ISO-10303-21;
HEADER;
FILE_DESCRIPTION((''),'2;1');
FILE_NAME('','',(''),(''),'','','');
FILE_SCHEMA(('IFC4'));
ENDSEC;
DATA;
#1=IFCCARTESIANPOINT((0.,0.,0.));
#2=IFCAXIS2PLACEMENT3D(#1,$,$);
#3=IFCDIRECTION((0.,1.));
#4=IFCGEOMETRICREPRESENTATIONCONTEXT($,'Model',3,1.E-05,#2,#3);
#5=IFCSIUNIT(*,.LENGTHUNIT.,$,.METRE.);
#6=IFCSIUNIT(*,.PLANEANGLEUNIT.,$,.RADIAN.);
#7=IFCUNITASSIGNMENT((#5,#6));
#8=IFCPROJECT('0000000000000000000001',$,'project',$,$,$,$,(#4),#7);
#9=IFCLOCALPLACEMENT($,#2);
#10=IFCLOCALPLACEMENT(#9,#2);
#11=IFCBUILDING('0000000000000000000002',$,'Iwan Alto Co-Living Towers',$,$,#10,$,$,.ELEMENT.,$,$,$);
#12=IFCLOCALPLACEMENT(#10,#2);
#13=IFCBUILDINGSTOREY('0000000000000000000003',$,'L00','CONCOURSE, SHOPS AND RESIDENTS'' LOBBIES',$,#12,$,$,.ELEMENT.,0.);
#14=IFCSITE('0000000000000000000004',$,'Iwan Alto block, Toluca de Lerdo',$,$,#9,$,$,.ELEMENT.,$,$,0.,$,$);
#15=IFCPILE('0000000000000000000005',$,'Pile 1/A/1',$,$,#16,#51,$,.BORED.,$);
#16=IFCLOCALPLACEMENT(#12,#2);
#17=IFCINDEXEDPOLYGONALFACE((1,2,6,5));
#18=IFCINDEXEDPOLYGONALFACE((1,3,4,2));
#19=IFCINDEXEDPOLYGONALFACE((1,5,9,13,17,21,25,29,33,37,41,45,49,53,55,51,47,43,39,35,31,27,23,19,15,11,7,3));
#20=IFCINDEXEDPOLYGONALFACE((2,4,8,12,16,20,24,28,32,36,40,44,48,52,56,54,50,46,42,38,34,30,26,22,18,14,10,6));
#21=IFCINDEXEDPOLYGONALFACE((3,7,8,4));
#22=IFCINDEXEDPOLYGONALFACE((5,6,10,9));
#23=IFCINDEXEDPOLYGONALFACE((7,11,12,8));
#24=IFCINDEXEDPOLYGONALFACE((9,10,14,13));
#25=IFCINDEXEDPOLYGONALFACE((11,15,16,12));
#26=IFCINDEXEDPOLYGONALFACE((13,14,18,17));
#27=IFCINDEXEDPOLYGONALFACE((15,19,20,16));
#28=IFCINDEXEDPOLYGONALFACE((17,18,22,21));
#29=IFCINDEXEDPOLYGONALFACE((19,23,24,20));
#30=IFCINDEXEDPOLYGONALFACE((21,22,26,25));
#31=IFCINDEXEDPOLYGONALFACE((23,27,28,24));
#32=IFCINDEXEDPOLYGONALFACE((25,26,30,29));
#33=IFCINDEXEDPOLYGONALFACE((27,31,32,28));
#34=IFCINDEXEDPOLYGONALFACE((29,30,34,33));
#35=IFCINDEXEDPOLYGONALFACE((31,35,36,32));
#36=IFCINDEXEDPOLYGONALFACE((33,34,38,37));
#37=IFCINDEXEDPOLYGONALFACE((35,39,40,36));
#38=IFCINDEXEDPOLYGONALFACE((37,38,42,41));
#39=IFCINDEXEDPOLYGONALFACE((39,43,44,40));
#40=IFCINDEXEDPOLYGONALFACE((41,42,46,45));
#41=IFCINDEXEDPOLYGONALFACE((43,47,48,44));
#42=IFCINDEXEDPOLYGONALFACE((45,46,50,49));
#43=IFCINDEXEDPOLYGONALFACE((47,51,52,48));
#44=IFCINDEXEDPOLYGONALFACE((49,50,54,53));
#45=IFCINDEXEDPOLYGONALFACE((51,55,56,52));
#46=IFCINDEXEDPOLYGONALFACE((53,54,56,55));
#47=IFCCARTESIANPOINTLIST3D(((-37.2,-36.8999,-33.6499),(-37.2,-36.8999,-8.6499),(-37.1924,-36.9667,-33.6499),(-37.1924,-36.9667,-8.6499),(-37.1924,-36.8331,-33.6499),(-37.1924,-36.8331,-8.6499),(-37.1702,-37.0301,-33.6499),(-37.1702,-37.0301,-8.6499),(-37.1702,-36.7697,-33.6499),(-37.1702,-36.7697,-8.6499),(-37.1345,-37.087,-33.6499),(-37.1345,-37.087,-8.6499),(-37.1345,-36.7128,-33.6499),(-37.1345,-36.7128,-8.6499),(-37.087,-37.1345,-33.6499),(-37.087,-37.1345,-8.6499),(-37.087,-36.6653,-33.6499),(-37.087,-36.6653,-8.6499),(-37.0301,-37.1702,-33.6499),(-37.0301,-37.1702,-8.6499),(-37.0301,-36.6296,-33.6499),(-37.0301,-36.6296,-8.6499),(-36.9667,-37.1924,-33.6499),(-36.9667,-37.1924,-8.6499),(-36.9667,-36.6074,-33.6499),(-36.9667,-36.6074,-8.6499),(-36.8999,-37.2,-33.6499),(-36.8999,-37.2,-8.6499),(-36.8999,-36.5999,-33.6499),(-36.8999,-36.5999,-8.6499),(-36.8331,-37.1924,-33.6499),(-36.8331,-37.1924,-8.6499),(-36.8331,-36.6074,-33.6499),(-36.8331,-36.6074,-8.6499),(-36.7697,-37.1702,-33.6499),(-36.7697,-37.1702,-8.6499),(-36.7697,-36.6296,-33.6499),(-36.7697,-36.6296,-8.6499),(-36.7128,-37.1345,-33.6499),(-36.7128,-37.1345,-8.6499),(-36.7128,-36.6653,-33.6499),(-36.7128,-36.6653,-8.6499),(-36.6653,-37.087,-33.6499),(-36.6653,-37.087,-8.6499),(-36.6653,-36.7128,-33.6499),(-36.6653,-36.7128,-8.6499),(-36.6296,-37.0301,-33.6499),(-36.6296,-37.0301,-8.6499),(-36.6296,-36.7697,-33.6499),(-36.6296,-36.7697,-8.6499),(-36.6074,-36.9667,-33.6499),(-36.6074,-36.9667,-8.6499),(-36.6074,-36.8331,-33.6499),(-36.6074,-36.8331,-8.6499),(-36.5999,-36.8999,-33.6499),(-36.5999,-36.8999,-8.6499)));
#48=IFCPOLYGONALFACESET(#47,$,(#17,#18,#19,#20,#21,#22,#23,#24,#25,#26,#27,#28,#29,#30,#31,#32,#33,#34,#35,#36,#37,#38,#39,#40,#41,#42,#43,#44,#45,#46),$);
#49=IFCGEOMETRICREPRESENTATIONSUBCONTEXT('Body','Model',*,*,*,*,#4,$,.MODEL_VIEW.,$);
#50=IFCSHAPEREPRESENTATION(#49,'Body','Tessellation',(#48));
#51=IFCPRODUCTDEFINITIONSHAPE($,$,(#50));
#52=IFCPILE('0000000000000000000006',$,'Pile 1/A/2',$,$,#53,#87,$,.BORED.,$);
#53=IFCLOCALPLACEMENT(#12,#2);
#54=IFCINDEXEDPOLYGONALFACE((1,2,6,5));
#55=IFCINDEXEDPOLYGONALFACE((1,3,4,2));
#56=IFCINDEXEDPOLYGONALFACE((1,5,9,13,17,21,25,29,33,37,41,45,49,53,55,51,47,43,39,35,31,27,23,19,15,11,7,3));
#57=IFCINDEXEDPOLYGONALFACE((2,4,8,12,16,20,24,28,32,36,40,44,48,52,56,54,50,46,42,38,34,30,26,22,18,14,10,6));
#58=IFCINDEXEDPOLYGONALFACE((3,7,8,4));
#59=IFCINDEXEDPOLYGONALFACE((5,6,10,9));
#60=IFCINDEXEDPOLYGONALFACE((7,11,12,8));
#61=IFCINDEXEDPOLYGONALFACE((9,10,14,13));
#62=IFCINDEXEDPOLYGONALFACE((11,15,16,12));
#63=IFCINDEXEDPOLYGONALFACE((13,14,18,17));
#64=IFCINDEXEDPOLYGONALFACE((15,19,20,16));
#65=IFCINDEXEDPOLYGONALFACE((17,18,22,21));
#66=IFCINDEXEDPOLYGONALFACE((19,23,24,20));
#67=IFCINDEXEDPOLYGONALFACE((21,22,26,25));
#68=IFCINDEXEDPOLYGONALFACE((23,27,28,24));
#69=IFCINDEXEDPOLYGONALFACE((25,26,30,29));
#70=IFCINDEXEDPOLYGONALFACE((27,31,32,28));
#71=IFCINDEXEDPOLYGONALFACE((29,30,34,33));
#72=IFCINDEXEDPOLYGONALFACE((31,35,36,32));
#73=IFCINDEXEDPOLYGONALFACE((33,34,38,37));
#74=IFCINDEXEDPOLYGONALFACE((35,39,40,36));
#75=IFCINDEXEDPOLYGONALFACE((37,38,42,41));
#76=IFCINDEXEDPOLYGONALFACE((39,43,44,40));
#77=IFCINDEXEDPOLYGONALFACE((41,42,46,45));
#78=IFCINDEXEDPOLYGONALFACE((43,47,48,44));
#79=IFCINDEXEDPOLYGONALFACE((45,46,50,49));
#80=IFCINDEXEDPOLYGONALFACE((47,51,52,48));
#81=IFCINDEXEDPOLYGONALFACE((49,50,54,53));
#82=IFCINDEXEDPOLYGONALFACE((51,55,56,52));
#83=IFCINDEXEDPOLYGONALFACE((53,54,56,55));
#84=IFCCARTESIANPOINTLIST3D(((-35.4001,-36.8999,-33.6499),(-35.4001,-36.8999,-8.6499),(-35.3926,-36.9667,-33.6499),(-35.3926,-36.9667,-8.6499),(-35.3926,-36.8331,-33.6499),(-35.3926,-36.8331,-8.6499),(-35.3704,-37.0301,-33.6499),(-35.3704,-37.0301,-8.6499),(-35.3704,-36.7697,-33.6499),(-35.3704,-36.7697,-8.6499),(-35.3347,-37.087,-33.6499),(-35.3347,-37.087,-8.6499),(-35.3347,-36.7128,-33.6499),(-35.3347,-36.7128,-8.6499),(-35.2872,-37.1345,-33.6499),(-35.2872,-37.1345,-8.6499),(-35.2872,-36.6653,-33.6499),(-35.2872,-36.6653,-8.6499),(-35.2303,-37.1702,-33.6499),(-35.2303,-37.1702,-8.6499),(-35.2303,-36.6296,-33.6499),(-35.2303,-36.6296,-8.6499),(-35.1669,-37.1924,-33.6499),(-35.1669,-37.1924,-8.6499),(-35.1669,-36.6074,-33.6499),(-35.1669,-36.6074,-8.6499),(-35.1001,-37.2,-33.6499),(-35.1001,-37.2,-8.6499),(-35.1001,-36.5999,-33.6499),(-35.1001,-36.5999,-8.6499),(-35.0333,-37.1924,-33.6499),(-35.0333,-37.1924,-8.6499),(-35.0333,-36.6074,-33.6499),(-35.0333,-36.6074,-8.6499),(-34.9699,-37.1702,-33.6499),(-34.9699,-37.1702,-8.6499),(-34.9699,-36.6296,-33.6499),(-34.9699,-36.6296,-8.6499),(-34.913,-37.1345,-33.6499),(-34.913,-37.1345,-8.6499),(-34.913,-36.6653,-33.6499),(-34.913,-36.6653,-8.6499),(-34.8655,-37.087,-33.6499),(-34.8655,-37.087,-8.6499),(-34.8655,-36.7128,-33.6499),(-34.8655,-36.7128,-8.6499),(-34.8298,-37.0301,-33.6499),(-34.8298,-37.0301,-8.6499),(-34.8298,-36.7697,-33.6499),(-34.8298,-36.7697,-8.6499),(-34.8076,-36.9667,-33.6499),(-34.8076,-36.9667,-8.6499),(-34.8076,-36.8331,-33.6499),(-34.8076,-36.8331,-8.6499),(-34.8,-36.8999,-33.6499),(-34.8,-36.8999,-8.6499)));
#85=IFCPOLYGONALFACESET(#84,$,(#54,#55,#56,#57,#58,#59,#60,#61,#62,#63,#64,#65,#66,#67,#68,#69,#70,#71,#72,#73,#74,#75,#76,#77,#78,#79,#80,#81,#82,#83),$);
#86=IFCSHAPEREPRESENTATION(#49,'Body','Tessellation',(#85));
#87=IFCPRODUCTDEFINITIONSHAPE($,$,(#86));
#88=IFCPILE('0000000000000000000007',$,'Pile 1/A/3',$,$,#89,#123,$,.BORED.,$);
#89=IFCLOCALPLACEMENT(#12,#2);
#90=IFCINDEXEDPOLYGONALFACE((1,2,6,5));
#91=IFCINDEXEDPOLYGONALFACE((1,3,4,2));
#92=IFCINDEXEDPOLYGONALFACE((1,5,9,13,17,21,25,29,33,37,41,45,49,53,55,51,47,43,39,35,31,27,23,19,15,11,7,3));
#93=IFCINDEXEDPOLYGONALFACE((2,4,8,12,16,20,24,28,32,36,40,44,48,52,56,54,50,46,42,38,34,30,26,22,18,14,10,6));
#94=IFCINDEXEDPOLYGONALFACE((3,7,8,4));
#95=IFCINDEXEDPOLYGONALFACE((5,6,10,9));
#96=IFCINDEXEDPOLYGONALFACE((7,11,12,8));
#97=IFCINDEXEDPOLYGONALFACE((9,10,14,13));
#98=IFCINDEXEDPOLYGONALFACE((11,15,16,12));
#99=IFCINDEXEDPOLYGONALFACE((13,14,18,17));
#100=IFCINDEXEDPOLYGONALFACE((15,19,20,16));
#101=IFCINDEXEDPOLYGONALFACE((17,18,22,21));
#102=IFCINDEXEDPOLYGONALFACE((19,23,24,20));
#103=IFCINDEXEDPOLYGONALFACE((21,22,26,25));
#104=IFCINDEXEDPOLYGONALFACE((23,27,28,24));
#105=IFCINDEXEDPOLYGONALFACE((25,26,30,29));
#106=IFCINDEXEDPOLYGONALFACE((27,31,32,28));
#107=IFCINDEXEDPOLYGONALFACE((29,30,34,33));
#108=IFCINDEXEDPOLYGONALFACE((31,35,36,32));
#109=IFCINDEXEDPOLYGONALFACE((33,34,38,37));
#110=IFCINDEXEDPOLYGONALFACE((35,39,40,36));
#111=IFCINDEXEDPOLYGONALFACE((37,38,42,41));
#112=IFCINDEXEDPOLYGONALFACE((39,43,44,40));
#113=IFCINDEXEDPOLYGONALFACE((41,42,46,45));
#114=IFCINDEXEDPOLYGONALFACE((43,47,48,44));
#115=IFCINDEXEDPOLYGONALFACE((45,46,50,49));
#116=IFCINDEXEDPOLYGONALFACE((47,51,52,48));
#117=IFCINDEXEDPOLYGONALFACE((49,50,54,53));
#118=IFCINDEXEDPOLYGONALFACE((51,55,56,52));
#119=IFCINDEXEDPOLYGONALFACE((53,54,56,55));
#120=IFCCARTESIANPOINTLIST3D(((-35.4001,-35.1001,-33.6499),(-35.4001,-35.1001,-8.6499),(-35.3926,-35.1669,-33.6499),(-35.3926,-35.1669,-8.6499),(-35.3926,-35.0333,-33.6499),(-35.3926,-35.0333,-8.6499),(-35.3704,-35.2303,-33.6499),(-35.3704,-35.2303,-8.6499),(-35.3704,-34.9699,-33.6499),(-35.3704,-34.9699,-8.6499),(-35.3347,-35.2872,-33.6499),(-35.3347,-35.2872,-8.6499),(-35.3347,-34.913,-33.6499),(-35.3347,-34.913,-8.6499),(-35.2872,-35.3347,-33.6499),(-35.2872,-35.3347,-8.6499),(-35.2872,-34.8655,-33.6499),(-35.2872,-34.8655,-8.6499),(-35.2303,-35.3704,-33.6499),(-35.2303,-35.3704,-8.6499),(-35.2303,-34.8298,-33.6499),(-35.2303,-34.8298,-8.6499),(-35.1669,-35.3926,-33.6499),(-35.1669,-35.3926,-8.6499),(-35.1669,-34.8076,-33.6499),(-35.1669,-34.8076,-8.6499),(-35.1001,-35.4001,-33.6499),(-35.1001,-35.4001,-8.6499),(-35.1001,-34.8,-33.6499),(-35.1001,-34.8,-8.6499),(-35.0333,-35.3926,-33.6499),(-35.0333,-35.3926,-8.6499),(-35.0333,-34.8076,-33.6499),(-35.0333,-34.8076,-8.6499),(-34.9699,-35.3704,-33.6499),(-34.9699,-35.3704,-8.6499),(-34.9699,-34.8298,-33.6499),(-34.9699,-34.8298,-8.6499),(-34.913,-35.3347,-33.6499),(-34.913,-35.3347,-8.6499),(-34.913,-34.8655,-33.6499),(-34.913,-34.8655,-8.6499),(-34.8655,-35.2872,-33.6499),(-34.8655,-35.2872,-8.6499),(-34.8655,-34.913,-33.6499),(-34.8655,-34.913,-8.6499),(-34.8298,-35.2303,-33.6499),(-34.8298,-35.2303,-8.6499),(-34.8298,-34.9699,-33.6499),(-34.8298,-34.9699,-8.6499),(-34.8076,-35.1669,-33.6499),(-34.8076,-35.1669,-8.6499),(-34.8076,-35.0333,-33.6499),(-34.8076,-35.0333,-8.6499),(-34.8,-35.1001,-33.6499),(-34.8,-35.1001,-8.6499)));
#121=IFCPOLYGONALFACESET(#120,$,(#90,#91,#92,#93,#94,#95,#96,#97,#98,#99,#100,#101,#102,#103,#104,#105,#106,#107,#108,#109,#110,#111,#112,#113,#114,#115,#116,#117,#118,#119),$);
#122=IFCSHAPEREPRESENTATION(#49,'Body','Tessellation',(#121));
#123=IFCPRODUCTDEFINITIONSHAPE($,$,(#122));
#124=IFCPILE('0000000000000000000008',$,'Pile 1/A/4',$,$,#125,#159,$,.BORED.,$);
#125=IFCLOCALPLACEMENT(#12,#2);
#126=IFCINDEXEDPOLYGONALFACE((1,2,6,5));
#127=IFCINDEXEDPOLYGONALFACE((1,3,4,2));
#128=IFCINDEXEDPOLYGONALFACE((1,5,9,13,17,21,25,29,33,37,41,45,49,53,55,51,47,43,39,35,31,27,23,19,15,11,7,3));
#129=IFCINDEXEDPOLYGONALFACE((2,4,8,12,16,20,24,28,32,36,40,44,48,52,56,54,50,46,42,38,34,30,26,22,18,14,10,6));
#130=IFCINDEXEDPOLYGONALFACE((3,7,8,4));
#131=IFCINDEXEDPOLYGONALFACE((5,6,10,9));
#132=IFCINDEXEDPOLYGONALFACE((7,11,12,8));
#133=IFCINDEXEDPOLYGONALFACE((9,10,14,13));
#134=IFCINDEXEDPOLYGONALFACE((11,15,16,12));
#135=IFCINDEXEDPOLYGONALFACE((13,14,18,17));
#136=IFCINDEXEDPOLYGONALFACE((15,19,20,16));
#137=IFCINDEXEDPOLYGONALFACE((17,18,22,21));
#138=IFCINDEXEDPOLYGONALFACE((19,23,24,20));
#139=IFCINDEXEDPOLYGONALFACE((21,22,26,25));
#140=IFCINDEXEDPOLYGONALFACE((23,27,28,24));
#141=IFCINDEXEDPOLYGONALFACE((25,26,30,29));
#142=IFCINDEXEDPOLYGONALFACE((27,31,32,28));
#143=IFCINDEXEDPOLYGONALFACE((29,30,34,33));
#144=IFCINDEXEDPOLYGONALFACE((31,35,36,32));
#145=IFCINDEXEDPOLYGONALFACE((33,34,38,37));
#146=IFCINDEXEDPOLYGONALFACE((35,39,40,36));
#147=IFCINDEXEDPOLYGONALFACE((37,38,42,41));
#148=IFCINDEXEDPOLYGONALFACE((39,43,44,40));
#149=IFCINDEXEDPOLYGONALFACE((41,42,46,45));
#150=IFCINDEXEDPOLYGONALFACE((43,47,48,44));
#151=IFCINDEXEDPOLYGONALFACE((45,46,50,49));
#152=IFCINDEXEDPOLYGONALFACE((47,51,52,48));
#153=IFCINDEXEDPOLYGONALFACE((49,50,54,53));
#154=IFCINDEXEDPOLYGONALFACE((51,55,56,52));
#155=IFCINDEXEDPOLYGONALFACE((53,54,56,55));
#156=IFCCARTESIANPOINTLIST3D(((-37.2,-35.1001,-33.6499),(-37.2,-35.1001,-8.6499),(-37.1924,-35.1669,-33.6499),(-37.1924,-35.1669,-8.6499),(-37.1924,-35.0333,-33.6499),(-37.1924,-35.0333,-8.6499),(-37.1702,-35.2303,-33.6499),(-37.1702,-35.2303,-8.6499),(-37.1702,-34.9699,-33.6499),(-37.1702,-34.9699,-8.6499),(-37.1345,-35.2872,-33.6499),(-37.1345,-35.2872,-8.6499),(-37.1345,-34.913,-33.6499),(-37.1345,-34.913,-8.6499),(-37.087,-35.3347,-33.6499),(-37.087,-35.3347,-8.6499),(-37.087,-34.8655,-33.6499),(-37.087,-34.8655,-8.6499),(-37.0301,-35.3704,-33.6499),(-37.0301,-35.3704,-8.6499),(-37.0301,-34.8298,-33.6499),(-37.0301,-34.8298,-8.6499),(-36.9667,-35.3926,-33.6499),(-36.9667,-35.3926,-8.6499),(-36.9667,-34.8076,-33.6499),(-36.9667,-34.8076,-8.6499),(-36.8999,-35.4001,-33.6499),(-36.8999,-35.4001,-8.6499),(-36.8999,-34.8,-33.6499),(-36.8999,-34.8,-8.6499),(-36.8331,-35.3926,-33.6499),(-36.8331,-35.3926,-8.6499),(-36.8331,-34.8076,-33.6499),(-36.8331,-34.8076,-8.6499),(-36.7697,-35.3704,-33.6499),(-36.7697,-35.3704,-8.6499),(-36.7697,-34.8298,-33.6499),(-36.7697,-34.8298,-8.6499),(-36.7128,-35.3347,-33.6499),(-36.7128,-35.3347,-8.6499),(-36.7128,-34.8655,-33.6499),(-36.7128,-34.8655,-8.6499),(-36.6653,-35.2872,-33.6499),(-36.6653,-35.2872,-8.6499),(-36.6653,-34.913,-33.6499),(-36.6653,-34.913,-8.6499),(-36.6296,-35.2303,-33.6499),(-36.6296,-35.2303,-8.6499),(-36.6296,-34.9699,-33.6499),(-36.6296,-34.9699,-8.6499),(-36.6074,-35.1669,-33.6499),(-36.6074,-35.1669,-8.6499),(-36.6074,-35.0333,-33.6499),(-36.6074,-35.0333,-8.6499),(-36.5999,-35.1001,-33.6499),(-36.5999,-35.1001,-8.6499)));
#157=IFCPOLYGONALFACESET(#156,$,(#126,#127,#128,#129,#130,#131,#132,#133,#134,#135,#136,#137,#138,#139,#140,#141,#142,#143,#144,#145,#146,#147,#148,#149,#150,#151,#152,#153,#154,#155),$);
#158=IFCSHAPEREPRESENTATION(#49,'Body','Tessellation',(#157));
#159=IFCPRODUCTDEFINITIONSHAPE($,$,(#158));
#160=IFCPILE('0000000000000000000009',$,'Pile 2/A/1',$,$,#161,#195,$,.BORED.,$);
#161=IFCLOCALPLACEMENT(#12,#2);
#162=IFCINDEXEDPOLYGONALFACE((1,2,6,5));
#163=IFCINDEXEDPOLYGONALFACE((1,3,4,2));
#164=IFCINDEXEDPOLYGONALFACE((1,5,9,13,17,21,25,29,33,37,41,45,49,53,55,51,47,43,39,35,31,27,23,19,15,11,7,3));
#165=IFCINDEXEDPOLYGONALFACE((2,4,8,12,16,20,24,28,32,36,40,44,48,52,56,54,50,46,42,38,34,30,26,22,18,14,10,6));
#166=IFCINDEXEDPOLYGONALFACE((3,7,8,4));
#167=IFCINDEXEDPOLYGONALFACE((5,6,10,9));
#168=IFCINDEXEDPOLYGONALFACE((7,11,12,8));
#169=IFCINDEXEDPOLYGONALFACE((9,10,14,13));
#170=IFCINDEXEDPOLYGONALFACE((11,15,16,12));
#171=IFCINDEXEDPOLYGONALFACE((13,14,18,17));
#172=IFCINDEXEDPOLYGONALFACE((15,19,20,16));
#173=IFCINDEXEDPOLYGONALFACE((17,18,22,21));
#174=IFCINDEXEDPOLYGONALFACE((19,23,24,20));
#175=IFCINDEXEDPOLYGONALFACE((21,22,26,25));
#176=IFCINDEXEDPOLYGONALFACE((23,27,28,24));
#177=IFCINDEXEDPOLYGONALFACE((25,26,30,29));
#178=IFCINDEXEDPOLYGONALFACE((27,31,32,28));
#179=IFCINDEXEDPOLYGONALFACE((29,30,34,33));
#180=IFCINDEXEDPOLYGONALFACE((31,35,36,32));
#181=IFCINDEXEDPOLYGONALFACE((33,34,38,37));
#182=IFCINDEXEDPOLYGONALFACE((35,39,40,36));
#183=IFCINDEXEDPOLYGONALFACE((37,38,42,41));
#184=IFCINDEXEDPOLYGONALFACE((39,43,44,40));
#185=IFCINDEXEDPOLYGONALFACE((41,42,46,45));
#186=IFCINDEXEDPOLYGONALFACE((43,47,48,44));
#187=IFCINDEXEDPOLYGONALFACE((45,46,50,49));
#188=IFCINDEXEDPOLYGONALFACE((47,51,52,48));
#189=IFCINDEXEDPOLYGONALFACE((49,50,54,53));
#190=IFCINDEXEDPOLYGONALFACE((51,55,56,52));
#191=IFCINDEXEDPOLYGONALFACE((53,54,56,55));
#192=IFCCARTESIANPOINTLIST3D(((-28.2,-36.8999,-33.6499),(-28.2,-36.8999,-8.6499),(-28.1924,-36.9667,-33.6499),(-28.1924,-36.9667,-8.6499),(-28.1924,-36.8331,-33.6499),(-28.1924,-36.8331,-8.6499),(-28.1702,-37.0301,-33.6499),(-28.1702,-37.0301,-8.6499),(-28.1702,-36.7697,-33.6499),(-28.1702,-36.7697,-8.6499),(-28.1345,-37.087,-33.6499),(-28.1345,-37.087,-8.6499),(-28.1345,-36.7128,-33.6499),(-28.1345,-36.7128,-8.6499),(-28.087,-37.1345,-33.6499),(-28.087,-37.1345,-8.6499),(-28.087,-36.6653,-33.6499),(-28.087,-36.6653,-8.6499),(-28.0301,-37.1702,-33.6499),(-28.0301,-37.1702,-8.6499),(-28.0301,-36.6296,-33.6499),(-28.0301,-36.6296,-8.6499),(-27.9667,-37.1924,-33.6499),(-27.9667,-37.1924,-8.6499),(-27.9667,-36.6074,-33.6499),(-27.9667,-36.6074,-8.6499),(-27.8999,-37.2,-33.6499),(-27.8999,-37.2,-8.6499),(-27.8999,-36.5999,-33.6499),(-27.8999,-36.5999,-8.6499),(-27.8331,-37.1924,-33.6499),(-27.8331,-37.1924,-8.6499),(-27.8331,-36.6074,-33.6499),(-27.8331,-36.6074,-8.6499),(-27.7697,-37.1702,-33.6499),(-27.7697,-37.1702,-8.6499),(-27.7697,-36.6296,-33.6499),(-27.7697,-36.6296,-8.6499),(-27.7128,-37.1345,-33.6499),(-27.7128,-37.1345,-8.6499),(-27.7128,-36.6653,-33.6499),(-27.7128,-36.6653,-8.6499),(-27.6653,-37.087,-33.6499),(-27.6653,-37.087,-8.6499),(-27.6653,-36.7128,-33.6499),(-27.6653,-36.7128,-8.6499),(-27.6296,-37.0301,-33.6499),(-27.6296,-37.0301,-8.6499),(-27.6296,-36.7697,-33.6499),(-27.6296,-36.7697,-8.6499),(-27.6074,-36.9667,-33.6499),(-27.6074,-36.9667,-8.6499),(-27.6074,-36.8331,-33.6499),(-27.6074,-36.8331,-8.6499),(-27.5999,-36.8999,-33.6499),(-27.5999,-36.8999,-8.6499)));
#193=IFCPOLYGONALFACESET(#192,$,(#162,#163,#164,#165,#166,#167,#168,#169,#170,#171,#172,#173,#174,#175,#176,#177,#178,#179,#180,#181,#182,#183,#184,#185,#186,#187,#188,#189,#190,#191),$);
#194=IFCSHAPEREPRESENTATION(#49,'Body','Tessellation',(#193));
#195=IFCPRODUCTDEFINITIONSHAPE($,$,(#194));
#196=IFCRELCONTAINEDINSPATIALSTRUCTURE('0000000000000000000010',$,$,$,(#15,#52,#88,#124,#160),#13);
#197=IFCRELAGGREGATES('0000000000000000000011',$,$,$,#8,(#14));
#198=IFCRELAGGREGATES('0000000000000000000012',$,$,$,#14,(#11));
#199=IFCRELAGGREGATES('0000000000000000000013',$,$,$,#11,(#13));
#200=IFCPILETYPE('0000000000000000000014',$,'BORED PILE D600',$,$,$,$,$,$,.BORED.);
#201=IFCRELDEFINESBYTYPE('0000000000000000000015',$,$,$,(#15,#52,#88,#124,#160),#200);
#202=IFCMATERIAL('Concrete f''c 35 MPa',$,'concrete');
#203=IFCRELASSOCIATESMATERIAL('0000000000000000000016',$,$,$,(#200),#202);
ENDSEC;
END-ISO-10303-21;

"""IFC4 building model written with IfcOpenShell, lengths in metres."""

from ifc_helpers import new_model, si_unit, direction, frame, origin, origin_2d, place, context, subcontext, project, spatial, circle, extrude, material, material_profile, profile_set, type_object, element, save


model = new_model("IFC4")

# Units and contexts
model_context = context("Model", 3, precision=1e-05, world=origin(), true_north=direction((0.0, 1.0)))
body_context = subcontext(model_context, "Body", "Model", "MODEL_VIEW")
ifc_project = project(units=[si_unit("LENGTHUNIT", "METRE"), si_unit("PLANEANGLEUNIT", "RADIAN")], contexts=[model_context])

# Site, building, storey
site_placement = place(None, origin())
site = spatial("IfcSite", under=ifc_project, at=site_placement, Name="Iwan Alto block, Toluca de Lerdo", CompositionType="ELEMENT", RefElevation=0.0)
building_placement = place(site_placement, origin())
building = spatial("IfcBuilding", under=site, at=building_placement, Name="Iwan Alto Co-Living Towers", CompositionType="ELEMENT")
storey_placement = place(building_placement, origin())
storey = spatial("IfcBuildingStorey", under=building, at=storey_placement, Name="L00", Description="CONCOURSE, SHOPS AND RESIDENTS' LOBBIES", CompositionType="ELEMENT", Elevation=0.0)

# Piles
ifc_material_1 = material(Name="Concrete f'c 35 MPa", Category="concrete")
ifc_material_profile_1 = material_profile(ifc_material_1, circle(Radius=0.3, at=origin_2d()), Name="D600")
ifc_profile_set_1 = profile_set([ifc_material_profile_1], Name="Concrete f'c 35 MPa")
pile_type = type_object("IfcPileType", Name="BORED PILE D600", PredefinedType="BORED", material=ifc_profile_set_1)
for number, where, z_axis, x_axis, name in (
    (1, (-36.8999, -36.8999, -8.6499), (0.0, 0.0, -1.0), (1.0, 0.0, 0.0), "Pile 1/A/1"),
    (2, (-35.1001, -36.8999, -8.6499), (0.0, 0.0, -1.0), (1.0, 0.0, 0.0), "Pile 1/A/2"),
    (3, (-35.1001, -35.1001, -8.6499), (0.0, 0.0, -1.0), (1.0, 0.0, 0.0), "Pile 1/A/3"),
    (4, (-36.8999, -35.1001, -8.6499), (0.0, 0.0, -1.0), (1.0, 0.0, 0.0), "Pile 1/A/4"),
    (5, (-27.8999, -36.8999, -8.6499), (0.0, 0.0, -1.0), (1.0, 0.0, 0.0), "Pile 2/A/1"),
):
    element("IfcPile", number, at=place(storey_placement, frame(where, z_axis=z_axis, x_axis=x_axis)), inside=storey, type_object=pile_type, Name=name, PredefinedType="BORED", context=body_context, shape_type="SweptSolid", body=[
        extrude(circle(Radius=0.3, at=origin_2d()), origin(), (0.0, 0.0, 1.0), 25.0),
    ])

save(model, "model.ifc")
